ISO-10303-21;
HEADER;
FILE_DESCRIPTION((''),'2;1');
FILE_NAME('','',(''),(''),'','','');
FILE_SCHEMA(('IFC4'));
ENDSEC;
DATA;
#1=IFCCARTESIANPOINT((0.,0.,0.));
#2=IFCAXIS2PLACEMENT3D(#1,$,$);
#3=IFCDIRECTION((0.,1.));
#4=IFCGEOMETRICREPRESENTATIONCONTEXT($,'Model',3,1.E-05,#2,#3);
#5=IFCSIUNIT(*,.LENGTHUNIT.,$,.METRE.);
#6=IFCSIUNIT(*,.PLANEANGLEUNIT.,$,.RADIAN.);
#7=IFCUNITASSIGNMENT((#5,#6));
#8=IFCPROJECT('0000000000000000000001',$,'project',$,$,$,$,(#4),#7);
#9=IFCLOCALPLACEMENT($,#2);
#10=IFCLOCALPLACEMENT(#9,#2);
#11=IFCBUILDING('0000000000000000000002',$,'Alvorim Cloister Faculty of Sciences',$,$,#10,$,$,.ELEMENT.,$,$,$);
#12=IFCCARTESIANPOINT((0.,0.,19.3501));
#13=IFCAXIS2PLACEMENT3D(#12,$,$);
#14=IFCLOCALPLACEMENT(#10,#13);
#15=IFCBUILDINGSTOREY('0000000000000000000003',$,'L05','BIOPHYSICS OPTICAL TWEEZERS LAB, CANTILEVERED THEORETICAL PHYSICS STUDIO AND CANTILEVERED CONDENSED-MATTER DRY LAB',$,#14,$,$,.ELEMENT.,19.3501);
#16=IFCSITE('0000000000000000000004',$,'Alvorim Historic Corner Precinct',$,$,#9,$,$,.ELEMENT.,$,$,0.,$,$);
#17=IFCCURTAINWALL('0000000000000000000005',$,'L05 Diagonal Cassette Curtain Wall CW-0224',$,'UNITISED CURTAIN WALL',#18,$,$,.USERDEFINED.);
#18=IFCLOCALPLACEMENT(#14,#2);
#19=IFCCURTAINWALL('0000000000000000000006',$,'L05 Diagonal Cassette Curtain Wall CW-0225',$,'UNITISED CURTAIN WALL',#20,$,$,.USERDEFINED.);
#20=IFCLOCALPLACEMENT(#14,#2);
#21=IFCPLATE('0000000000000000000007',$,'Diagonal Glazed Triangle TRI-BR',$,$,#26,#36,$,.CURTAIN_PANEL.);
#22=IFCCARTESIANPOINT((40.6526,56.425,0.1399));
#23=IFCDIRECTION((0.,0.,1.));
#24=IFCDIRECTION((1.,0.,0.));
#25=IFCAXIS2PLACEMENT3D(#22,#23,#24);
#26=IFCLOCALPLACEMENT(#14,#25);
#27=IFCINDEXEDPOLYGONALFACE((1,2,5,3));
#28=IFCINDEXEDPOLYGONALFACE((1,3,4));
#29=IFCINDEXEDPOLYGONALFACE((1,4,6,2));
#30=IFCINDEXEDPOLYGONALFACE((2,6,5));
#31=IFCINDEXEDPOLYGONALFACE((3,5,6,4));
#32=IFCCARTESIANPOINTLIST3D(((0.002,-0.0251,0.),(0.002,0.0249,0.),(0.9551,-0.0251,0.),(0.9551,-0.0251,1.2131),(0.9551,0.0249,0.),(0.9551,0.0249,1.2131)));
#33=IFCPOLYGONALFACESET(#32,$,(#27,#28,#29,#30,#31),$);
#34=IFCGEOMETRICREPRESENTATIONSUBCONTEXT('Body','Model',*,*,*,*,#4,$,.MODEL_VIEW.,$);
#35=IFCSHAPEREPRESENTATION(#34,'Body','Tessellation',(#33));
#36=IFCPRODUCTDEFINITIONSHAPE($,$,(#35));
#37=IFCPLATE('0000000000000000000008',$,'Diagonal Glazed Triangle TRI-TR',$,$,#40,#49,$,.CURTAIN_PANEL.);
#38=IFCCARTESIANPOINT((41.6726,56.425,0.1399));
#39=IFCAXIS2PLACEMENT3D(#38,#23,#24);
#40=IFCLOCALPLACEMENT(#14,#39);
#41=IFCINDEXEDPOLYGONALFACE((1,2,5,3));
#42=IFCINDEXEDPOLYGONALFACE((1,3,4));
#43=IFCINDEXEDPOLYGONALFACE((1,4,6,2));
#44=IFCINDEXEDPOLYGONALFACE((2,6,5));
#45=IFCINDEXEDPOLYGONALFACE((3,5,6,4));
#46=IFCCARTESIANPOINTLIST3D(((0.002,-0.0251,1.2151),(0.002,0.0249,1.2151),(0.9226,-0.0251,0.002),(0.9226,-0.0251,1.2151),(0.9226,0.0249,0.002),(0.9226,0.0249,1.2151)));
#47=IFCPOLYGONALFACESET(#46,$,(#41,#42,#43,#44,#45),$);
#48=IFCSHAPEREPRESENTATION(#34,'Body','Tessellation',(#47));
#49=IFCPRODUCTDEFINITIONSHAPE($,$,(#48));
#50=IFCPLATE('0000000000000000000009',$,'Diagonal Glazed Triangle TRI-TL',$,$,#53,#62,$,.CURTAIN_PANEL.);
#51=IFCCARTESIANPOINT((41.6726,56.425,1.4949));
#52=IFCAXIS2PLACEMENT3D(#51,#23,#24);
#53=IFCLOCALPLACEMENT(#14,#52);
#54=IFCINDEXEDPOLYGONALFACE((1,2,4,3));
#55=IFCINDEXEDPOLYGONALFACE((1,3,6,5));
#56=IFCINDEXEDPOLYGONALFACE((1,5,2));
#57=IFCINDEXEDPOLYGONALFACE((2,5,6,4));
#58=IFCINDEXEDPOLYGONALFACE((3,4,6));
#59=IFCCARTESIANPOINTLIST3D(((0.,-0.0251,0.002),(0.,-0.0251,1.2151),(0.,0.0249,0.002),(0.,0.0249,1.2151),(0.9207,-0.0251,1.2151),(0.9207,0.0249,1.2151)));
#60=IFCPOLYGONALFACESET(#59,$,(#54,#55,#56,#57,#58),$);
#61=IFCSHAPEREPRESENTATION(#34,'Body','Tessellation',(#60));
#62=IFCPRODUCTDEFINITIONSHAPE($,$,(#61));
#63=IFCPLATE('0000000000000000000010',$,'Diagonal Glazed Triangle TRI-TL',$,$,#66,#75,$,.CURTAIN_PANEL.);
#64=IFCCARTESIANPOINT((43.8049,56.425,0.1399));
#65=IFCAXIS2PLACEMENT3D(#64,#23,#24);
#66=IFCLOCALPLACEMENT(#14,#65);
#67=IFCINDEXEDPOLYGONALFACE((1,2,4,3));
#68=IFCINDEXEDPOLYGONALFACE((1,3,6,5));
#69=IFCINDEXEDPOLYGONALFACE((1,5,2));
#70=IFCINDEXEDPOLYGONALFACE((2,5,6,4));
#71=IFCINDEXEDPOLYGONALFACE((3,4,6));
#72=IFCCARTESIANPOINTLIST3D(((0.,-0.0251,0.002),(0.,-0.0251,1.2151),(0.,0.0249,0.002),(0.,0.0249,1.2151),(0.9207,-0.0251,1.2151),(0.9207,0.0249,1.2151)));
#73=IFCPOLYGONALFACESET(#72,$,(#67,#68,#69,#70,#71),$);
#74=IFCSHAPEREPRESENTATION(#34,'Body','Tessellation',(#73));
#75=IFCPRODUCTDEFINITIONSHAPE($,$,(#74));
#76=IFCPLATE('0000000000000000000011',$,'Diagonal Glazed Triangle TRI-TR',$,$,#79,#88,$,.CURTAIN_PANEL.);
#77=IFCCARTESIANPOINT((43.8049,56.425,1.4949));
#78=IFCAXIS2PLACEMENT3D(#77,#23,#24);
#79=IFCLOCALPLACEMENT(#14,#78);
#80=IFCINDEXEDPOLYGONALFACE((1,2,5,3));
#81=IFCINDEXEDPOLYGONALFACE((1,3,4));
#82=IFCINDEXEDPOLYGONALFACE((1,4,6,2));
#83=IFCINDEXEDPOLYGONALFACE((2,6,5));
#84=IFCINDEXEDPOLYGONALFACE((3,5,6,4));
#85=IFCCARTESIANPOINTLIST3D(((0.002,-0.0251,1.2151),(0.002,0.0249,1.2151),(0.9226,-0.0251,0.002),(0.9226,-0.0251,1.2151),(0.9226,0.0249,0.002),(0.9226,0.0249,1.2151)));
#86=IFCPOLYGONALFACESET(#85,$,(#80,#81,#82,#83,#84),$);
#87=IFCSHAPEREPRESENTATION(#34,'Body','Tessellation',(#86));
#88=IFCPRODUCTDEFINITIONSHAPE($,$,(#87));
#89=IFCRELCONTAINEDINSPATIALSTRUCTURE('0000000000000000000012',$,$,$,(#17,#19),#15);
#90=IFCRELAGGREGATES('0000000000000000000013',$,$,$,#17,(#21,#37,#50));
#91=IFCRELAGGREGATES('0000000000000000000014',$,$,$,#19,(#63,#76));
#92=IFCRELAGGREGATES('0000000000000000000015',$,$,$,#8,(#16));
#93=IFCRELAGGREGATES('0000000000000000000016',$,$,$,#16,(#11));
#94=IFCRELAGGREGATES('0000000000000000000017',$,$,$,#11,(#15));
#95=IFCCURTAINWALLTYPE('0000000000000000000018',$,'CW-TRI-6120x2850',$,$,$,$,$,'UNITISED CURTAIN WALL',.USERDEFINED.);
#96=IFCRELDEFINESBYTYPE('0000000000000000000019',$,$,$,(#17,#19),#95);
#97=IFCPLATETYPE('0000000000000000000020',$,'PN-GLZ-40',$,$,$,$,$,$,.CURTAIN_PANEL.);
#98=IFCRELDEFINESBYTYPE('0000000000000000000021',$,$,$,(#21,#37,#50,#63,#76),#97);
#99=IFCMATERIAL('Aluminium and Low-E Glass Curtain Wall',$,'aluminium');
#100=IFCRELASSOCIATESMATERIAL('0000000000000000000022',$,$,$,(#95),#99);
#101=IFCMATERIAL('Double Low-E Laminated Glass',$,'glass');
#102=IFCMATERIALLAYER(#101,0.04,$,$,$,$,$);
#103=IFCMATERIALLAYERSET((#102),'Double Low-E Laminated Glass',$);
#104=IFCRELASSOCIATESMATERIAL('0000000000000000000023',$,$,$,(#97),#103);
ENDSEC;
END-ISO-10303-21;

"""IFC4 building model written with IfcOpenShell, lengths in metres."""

from ifc_helpers import new_model, si_unit, direction, frame, origin, place, context, subcontext, project, spatial, polyline, outline, extrude, material, layer, layer_set, type_object, element, aggregate, save


model = new_model("IFC4")

# Units and contexts
model_context = context("Model", 3, precision=1e-05, world=origin(), true_north=direction((0.0, 1.0)))
body_context = subcontext(model_context, "Body", "Model", "MODEL_VIEW")
ifc_project = project(units=[si_unit("LENGTHUNIT", "METRE"), si_unit("PLANEANGLEUNIT", "RADIAN")], contexts=[model_context])

# Site, building, storey
site_placement = place(None, origin())
site = spatial("IfcSite", under=ifc_project, at=site_placement, Name="Alvorim Historic Corner Precinct", CompositionType="ELEMENT", RefElevation=0.0)
building_placement = place(site_placement, origin())
building = spatial("IfcBuilding", under=site, at=building_placement, Name="Alvorim Cloister Faculty of Sciences", CompositionType="ELEMENT")
storey_placement = place(building_placement, frame((0.0, 0.0, 19.3501)))
storey = spatial("IfcBuildingStorey", under=building, at=storey_placement, Name="L05", Description="BIOPHYSICS OPTICAL TWEEZERS LAB, CANTILEVERED THEORETICAL PHYSICS STUDIO AND CANTILEVERED CONDENSED-MATTER DRY LAB", CompositionType="ELEMENT", Elevation=19.3501)

# Curtain walls
ifc_material_1 = material(Name="Aluminium and Low-E Glass Curtain Wall", Category="aluminium")
curtain_wall_type = type_object("IfcCurtainWallType", Name="CW-TRI-6120x2850", ElementType="UNITISED CURTAIN WALL", PredefinedType="USERDEFINED", material=ifc_material_1)
curtain_wall_1_placement = place(storey_placement, origin())
curtain_wall_1 = element("IfcCurtainWall", 1, at=curtain_wall_1_placement, inside=storey, type_object=curtain_wall_type, Name="L05 Diagonal Cassette Curtain Wall CW-0224", ObjectType="UNITISED CURTAIN WALL", PredefinedType="USERDEFINED")
curtain_wall_2_placement = place(storey_placement, origin())
curtain_wall_2 = element("IfcCurtainWall", 2, at=curtain_wall_2_placement, inside=storey, type_object=curtain_wall_type, Name="L05 Diagonal Cassette Curtain Wall CW-0225", ObjectType="UNITISED CURTAIN WALL", PredefinedType="USERDEFINED")

# Plates
ifc_material_2 = material(Name="Double Low-E Laminated Glass", Category="glass")
ifc_layer_1 = layer(ifc_material_2, 0.04)
ifc_layer_set_1 = layer_set([ifc_layer_1], Name="Double Low-E Laminated Glass")
plate_type = type_object("IfcPlateType", Name="PN-GLZ-40", PredefinedType="CURTAIN_PANEL", material=ifc_layer_set_1)
plate_1_placement = place(storey_placement, frame((40.6526, 56.425, 0.1399), z_axis=(0.0, 0.0, 1.0), x_axis=(1.0, 0.0, 0.0)))
plate_1 = element("IfcPlate", 3, at=plate_1_placement, type_object=plate_type, Name="Diagonal Glazed Triangle TRI-BR", PredefinedType="CURTAIN_PANEL", context=body_context, shape_type="SweptSolid", body=[
    extrude(outline(polyline([(0.002, 0.0), (0.9551, 0.0), (0.9551, 1.2131), (0.002, 0.0)])), frame((0.0, 0.0249, 0.0), z_axis=(0.0, -1.0, 0.0), x_axis=(1.0, 0.0, 0.0)), (0.0, 0.0, 1.0), 0.05),
])
plate_2_placement = place(storey_placement, frame((41.6726, 56.425, 0.1399), z_axis=(0.0, 0.0, 1.0), x_axis=(1.0, 0.0, 0.0)))
plate_2 = element("IfcPlate", 4, at=plate_2_placement, type_object=plate_type, Name="Diagonal Glazed Triangle TRI-TR", PredefinedType="CURTAIN_PANEL", context=body_context, shape_type="SweptSolid", body=[
    extrude(outline(polyline([(0.9226, 0.002), (0.9226, 1.2151), (0.002, 1.2151), (0.9226, 0.002)])), frame((0.0, 0.0249, 0.0), z_axis=(0.0, -1.0, 0.0), x_axis=(1.0, 0.0, 0.0)), (0.0, 0.0, 1.0), 0.05),
])
plate_3_placement = place(storey_placement, frame((41.6726, 56.425, 1.4949), z_axis=(0.0, 0.0, 1.0), x_axis=(1.0, 0.0, 0.0)))
plate_3 = element("IfcPlate", 5, at=plate_3_placement, type_object=plate_type, Name="Diagonal Glazed Triangle TRI-TL", PredefinedType="CURTAIN_PANEL", context=body_context, shape_type="SweptSolid", body=[
    extrude(outline(polyline([(0.9207, 1.2151), (0.0, 1.2151), (0.0, 0.002), (0.9207, 1.2151)])), frame((0.0, 0.0249, 0.0), z_axis=(0.0, -1.0, 0.0), x_axis=(1.0, 0.0, 0.0)), (0.0, 0.0, 1.0), 0.05),
])
aggregate(curtain_wall_1, [plate_1, plate_2, plate_3])
plate_4_placement = place(storey_placement, frame((43.8049, 56.425, 0.1399), z_axis=(0.0, 0.0, 1.0), x_axis=(1.0, 0.0, 0.0)))
plate_4 = element("IfcPlate", 6, at=plate_4_placement, type_object=plate_type, Name="Diagonal Glazed Triangle TRI-TL", PredefinedType="CURTAIN_PANEL", context=body_context, shape_type="SweptSolid", body=[
    extrude(outline(polyline([(0.9207, 1.2151), (0.0, 1.2151), (0.0, 0.002), (0.9207, 1.2151)])), frame((0.0, 0.0249, 0.0), z_axis=(0.0, -1.0, 0.0), x_axis=(1.0, 0.0, 0.0)), (0.0, 0.0, 1.0), 0.05),
])
plate_5_placement = place(storey_placement, frame((43.8049, 56.425, 1.4949), z_axis=(0.0, 0.0, 1.0), x_axis=(1.0, 0.0, 0.0)))
plate_5 = element("IfcPlate", 7, at=plate_5_placement, type_object=plate_type, Name="Diagonal Glazed Triangle TRI-TR", PredefinedType="CURTAIN_PANEL", context=body_context, shape_type="SweptSolid", body=[
    extrude(outline(polyline([(0.9226, 0.002), (0.9226, 1.2151), (0.002, 1.2151), (0.9226, 0.002)])), frame((0.0, 0.0249, 0.0), z_axis=(0.0, -1.0, 0.0), x_axis=(1.0, 0.0, 0.0)), (0.0, 0.0, 1.0), 0.05),
])
aggregate(curtain_wall_2, [plate_4, plate_5])

save(model, "model.ifc")
